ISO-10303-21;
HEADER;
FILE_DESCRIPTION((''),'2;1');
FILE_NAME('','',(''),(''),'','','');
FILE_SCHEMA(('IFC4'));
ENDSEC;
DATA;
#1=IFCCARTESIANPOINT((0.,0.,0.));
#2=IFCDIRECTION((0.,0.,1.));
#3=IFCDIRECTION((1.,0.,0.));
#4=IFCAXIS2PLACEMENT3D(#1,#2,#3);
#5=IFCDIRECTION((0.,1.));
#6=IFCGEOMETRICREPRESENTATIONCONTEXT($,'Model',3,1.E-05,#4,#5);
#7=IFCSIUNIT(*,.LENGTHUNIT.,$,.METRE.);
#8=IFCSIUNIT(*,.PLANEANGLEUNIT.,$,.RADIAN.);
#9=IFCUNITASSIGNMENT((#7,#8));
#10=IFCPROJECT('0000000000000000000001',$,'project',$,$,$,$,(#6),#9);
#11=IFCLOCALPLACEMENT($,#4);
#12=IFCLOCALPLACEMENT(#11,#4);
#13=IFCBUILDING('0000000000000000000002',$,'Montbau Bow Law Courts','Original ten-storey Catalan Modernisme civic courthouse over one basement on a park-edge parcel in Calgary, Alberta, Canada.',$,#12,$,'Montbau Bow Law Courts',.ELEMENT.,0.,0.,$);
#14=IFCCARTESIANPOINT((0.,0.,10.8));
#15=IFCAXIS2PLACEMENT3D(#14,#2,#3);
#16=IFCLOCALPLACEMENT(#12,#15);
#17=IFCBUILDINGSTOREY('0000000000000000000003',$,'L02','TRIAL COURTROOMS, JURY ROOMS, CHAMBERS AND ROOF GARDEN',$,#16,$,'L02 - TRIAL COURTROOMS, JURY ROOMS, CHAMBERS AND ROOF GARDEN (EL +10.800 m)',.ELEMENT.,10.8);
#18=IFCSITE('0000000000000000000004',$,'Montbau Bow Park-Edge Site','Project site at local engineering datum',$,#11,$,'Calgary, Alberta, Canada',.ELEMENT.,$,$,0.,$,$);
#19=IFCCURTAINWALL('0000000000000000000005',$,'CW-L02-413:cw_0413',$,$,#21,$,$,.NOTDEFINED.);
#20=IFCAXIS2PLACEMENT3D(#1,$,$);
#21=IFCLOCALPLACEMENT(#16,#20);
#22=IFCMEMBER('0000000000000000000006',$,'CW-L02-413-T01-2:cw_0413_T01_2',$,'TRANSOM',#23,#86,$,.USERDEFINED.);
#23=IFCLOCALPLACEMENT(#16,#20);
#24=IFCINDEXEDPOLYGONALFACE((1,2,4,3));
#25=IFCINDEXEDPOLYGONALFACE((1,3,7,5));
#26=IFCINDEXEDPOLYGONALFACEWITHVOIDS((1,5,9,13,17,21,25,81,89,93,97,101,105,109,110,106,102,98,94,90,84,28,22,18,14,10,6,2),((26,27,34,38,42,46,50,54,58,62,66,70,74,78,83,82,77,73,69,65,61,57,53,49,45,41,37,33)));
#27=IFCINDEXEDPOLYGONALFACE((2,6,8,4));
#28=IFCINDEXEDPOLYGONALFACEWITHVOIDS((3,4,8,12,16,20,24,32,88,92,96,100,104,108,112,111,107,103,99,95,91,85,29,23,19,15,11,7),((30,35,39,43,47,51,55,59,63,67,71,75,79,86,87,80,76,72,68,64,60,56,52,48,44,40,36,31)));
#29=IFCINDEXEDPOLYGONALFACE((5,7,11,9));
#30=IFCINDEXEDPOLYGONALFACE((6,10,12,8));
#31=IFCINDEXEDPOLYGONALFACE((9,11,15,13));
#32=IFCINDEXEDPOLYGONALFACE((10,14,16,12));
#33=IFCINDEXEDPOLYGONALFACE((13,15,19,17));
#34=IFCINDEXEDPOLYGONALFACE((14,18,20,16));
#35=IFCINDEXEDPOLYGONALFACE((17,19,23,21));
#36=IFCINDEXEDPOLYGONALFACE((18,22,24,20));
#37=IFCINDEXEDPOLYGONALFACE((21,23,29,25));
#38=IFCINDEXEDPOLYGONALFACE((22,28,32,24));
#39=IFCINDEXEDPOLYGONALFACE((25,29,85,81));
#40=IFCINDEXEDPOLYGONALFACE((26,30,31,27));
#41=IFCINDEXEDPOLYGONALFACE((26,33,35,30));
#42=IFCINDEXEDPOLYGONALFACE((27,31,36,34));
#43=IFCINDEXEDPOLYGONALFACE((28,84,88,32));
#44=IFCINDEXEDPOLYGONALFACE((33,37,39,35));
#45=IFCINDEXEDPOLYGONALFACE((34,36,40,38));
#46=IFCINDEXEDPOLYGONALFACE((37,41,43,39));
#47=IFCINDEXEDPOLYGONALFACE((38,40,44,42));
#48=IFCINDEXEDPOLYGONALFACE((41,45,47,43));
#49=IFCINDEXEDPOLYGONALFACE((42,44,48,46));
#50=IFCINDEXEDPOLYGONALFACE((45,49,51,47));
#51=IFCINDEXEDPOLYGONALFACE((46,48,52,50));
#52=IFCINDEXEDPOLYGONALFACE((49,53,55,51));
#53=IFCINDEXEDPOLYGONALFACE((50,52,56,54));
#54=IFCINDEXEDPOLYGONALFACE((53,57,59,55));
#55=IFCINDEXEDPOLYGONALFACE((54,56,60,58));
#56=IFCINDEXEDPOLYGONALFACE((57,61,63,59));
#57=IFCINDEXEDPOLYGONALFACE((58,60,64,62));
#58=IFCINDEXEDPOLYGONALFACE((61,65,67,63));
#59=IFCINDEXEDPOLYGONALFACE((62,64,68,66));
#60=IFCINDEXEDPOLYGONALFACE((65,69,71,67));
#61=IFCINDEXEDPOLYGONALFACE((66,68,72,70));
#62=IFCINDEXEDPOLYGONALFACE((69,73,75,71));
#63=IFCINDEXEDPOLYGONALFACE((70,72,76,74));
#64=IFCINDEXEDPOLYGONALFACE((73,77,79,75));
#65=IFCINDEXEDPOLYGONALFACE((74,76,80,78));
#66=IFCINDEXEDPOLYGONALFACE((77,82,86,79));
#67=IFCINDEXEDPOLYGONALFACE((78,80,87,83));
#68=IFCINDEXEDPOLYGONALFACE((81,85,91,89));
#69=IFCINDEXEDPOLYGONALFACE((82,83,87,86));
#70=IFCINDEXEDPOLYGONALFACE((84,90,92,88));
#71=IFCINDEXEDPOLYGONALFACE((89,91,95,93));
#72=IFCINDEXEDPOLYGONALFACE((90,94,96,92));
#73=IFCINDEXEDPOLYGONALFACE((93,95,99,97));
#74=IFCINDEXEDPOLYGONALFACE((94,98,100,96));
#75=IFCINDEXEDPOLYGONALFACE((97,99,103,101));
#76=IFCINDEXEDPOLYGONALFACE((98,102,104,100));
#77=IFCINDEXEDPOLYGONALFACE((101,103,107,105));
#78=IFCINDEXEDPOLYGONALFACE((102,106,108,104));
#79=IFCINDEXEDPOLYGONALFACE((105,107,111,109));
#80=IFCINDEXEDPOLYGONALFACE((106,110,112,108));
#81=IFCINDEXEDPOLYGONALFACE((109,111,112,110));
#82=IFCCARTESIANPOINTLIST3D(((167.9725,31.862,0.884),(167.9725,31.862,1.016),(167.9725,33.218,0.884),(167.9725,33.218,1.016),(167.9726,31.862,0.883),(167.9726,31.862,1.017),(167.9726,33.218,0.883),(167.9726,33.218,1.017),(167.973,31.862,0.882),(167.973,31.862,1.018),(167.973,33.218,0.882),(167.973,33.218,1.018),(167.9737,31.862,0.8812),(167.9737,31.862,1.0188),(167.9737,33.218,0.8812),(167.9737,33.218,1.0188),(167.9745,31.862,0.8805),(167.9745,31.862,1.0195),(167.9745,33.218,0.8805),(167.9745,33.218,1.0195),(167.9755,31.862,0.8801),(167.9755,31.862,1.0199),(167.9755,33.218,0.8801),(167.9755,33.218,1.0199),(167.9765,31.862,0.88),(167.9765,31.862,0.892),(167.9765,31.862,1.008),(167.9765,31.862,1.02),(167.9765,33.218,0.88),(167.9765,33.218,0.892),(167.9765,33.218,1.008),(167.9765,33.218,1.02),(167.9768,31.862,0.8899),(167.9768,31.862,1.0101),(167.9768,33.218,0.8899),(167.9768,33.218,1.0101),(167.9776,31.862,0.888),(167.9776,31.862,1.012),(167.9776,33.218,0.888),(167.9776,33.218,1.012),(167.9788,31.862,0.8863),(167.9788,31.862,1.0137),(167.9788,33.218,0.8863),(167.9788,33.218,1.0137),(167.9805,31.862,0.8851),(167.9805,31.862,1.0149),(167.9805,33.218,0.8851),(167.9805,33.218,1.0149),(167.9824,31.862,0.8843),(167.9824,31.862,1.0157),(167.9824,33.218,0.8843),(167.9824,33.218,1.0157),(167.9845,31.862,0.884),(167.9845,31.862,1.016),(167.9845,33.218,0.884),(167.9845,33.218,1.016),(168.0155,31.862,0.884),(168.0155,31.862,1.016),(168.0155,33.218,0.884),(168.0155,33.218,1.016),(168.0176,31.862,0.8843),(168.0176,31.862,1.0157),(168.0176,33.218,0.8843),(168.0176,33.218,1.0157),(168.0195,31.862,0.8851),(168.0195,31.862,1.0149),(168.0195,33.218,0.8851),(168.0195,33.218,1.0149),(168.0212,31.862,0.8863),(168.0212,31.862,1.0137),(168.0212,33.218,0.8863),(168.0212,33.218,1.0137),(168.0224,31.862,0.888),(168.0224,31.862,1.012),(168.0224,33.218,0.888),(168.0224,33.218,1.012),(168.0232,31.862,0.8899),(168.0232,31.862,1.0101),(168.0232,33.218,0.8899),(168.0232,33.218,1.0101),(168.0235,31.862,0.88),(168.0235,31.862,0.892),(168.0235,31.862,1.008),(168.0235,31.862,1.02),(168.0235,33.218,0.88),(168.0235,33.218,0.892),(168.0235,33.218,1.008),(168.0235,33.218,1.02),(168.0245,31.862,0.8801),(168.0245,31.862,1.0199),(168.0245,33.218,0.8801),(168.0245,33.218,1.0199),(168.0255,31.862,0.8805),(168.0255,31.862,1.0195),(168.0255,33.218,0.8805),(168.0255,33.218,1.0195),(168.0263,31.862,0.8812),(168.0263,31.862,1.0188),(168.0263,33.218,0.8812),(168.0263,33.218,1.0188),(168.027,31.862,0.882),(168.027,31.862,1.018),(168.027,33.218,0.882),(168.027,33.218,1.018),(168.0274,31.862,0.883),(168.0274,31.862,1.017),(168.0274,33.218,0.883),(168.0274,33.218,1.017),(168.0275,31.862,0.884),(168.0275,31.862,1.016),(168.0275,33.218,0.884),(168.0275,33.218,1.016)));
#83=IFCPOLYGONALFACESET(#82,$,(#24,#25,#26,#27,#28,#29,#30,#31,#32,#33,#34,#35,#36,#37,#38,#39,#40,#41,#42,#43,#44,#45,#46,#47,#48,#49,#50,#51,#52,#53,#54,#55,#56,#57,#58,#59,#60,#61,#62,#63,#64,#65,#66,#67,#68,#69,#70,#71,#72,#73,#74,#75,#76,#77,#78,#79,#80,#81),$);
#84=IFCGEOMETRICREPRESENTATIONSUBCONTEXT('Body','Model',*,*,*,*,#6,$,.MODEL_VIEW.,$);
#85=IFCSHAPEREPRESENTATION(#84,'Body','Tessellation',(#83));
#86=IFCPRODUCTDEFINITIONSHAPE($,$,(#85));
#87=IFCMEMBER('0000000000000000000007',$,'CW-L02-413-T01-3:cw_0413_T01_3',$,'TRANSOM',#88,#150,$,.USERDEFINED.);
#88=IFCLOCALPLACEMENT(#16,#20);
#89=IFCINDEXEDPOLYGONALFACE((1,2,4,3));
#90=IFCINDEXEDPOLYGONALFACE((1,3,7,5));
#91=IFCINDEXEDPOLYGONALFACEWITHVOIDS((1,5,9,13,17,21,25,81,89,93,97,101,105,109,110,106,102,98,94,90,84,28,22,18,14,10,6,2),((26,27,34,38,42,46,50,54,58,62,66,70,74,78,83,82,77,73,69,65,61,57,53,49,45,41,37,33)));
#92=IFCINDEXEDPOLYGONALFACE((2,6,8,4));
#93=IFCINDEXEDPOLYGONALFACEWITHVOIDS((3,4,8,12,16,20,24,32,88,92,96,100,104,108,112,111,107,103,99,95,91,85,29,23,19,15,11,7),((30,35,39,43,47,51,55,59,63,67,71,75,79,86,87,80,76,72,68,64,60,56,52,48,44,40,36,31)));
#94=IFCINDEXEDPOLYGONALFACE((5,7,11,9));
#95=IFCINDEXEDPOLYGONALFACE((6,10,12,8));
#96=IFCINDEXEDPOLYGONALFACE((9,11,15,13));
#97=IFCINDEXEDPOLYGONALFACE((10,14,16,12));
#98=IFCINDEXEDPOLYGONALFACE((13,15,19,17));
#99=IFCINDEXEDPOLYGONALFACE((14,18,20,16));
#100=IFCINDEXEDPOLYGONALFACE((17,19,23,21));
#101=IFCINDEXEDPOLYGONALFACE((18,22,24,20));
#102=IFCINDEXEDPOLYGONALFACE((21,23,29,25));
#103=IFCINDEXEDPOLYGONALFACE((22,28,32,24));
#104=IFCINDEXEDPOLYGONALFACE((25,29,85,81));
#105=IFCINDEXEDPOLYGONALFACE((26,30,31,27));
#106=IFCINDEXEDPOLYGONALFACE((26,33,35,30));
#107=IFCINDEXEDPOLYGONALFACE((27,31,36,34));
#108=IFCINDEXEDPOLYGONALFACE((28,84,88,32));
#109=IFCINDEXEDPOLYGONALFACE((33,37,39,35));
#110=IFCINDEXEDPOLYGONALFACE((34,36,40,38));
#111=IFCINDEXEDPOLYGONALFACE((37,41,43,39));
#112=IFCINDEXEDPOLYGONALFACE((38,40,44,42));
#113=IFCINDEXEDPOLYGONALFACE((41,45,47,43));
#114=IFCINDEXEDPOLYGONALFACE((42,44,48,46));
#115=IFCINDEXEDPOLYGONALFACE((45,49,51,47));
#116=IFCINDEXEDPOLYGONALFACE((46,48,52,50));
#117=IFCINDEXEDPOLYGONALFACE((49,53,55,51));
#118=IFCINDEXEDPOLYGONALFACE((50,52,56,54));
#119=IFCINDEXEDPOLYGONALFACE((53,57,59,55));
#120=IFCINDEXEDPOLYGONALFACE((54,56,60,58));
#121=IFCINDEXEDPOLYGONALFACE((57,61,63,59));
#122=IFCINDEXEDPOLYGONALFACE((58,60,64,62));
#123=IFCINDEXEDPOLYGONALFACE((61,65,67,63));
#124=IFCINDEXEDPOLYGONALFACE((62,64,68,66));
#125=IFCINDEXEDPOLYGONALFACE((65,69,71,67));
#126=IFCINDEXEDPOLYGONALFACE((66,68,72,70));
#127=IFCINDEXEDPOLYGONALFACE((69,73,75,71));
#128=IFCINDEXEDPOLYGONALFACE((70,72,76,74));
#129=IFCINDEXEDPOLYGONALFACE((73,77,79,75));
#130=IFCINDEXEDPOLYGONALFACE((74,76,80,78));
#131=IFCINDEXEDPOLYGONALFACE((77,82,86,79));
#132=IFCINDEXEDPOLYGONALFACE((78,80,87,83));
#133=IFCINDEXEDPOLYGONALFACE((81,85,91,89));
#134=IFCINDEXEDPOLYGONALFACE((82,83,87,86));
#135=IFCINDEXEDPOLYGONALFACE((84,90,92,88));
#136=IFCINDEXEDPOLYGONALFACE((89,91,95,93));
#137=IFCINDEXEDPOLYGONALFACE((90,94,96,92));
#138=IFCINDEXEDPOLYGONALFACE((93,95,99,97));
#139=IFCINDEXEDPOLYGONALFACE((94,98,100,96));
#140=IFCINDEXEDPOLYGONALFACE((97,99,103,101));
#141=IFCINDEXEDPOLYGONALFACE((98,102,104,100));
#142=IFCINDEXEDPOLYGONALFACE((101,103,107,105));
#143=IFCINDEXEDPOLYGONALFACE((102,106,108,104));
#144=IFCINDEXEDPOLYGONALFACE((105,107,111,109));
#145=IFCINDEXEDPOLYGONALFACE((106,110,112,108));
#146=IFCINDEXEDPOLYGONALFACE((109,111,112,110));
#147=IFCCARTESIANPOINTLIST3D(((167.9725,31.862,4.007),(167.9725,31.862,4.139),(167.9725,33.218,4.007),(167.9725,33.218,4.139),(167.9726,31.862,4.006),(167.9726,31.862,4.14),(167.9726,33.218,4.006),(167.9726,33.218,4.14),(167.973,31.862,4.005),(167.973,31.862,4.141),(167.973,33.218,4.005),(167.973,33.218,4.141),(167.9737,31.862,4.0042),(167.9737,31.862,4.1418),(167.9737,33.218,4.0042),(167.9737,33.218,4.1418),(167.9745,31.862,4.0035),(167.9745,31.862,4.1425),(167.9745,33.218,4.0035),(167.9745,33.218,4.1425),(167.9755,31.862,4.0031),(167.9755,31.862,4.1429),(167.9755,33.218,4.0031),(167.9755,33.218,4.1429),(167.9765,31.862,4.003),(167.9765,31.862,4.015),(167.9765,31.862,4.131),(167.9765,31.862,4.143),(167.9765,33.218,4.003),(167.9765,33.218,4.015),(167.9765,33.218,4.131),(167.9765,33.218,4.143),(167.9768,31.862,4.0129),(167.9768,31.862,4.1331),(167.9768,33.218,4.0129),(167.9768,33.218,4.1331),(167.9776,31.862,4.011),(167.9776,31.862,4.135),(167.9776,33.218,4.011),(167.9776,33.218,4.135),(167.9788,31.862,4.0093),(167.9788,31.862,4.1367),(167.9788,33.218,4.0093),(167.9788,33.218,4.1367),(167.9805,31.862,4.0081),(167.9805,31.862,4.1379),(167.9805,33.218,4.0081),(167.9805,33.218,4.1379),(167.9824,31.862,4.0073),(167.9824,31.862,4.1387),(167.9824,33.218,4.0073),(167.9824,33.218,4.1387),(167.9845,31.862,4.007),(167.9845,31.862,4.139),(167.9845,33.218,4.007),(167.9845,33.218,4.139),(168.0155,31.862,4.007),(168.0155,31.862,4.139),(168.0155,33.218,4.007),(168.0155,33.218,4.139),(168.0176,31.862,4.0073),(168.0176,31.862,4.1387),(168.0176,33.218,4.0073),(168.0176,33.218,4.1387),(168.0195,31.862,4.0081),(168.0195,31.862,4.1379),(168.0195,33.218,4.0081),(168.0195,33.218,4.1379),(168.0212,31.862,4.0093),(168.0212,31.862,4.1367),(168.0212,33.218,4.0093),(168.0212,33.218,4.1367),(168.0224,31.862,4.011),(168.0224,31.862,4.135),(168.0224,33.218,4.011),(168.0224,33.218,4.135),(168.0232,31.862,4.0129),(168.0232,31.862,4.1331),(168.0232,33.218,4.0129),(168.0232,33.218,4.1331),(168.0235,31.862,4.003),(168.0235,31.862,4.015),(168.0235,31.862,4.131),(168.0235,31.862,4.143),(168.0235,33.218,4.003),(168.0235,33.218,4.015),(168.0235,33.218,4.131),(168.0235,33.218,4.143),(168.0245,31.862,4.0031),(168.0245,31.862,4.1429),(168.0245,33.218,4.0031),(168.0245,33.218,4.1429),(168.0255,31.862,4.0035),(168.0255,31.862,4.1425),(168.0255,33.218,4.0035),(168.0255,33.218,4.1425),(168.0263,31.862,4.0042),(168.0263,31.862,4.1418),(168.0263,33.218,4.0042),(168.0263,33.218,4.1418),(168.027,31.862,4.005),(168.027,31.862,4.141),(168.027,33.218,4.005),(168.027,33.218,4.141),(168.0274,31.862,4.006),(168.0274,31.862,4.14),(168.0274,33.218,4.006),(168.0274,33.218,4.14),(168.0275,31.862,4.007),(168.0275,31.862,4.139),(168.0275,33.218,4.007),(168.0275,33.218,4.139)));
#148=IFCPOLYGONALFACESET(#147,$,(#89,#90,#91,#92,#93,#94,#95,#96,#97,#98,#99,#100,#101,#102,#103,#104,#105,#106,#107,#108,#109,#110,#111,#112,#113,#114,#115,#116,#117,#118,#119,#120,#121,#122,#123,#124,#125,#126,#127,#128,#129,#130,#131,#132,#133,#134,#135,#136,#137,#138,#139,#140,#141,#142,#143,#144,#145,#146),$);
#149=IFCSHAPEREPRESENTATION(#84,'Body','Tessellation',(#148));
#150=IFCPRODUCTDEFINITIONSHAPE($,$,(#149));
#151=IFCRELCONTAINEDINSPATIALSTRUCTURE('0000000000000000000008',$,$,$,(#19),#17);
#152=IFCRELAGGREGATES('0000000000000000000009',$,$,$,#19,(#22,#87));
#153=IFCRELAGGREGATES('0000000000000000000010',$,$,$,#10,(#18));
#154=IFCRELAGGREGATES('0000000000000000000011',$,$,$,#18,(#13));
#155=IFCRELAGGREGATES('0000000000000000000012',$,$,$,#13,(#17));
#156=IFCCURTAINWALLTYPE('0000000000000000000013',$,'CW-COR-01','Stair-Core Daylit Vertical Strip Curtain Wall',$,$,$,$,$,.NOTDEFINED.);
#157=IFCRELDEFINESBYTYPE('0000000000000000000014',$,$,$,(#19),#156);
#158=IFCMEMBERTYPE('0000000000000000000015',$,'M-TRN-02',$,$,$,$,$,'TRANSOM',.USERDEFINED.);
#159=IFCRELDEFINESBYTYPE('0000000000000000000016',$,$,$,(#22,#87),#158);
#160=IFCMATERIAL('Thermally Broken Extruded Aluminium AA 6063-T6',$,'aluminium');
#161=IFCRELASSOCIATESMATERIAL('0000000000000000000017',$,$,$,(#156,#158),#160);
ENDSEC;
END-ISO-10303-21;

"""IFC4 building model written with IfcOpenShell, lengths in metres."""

from ifc_helpers import new_model, si_unit, direction, frame, origin_with_axes, origin_2d_with_axis, place, context, subcontext, project, spatial, hollow_rectangle, extrude, material, material_profile, profile_set, type_object, element, aggregate, save


model = new_model("IFC4")

# Units and contexts
model_context = context("Model", 3, precision=1e-05, world=origin_with_axes(), true_north=direction((0.0, 1.0)))
body_context = subcontext(model_context, "Body", "Model", "MODEL_VIEW")
ifc_project = project(units=[si_unit("LENGTHUNIT", "METRE"), si_unit("PLANEANGLEUNIT", "RADIAN")], contexts=[model_context])

# Site, building, storey
site_placement = place(None, origin_with_axes())
site = spatial("IfcSite", under=ifc_project, at=site_placement, Name="Montbau Bow Park-Edge Site", Description="Project site at local engineering datum", LongName="Calgary, Alberta, Canada", CompositionType="ELEMENT", RefElevation=0.0)
building_placement = place(site_placement, origin_with_axes())
building = spatial("IfcBuilding", under=site, at=building_placement, Name="Montbau Bow Law Courts", Description="Original ten-storey Catalan Modernisme civic courthouse over one basement on a park-edge parcel in Calgary, Alberta, Canada.", LongName="Montbau Bow Law Courts", CompositionType="ELEMENT", ElevationOfRefHeight=0.0, ElevationOfTerrain=0.0)
storey_placement = place(building_placement, frame((0.0, 0.0, 10.8), z_axis=(0.0, 0.0, 1.0), x_axis=(1.0, 0.0, 0.0)))
storey = spatial("IfcBuildingStorey", under=building, at=storey_placement, Name="L02", Description="TRIAL COURTROOMS, JURY ROOMS, CHAMBERS AND ROOF GARDEN", LongName="L02 - TRIAL COURTROOMS, JURY ROOMS, CHAMBERS AND ROOF GARDEN (EL +10.800 m)", CompositionType="ELEMENT", Elevation=10.8)

# Curtain wall, members
ifc_material_1 = material(Name="Thermally Broken Extruded Aluminium AA 6063-T6", Category="aluminium")
curtain_wall_type = type_object("IfcCurtainWallType", Name="CW-COR-01", Description="Stair-Core Daylit Vertical Strip Curtain Wall", PredefinedType="NOTDEFINED", material=ifc_material_1)
curtain_wall_placement = place(None, frame((168.0, 31.8, 10.8), z_axis=(0.0, 0.0, 1.0), x_axis=(1.0, 0.0, 0.0)))
curtain_wall = element("IfcCurtainWall", 1, at=curtain_wall_placement, inside=storey, type_object=curtain_wall_type, Name="CW-L02-413:cw_0413", PredefinedType="NOTDEFINED")
ifc_material_profile_1 = material_profile(ifc_material_1, hollow_rectangle(XDim=0.055, YDim=0.14, WallThickness=0.004, InnerFilletRadius=0.008, OuterFilletRadius=0.004, at=origin_2d_with_axis()), Name="CWT-140X55", Category="Main", Priority=0)
ifc_profile_set_1 = profile_set([ifc_material_profile_1], Name="Thermally Broken Extruded Aluminium AA 6063-T6")
member_type_1 = type_object("IfcMemberType", Name="M-TRN-02", ElementType="TRANSOM", PredefinedType="USERDEFINED", material=ifc_profile_set_1)
member_1_placement = place(None, frame((168.0, 31.862, 11.75), z_axis=(0.0, 1.0, 0.0), x_axis=(-1.0, 0.0, 0.0)))
member_1 = element("IfcMember", 2, at=member_1_placement, type_object=member_type_1, Name="CW-L02-413-T01-2:cw_0413_T01_2", ObjectType="TRANSOM", PredefinedType="USERDEFINED", context=body_context, shape_type="SweptSolid", body=[
    extrude(hollow_rectangle(XDim=0.055, YDim=0.14, WallThickness=0.004, InnerFilletRadius=0.008, OuterFilletRadius=0.004, at=origin_2d_with_axis()), origin_with_axes(), (0.0, 0.0, 1.0), 1.356),
])
member_2_placement = place(None, frame((168.0, 31.862, 14.873), z_axis=(0.0, 1.0, 0.0), x_axis=(-1.0, 0.0, 0.0)))
member_2 = element("IfcMember", 3, at=member_2_placement, type_object=member_type_1, Name="CW-L02-413-T01-3:cw_0413_T01_3", ObjectType="TRANSOM", PredefinedType="USERDEFINED", context=body_context, shape_type="SweptSolid", body=[
    extrude(hollow_rectangle(XDim=0.055, YDim=0.14, WallThickness=0.004, InnerFilletRadius=0.008, OuterFilletRadius=0.004, at=origin_2d_with_axis()), origin_with_axes(), (0.0, 0.0, 1.0), 1.356),
])
aggregate(curtain_wall, [member_1, member_2])

save(model, "model.ifc")
